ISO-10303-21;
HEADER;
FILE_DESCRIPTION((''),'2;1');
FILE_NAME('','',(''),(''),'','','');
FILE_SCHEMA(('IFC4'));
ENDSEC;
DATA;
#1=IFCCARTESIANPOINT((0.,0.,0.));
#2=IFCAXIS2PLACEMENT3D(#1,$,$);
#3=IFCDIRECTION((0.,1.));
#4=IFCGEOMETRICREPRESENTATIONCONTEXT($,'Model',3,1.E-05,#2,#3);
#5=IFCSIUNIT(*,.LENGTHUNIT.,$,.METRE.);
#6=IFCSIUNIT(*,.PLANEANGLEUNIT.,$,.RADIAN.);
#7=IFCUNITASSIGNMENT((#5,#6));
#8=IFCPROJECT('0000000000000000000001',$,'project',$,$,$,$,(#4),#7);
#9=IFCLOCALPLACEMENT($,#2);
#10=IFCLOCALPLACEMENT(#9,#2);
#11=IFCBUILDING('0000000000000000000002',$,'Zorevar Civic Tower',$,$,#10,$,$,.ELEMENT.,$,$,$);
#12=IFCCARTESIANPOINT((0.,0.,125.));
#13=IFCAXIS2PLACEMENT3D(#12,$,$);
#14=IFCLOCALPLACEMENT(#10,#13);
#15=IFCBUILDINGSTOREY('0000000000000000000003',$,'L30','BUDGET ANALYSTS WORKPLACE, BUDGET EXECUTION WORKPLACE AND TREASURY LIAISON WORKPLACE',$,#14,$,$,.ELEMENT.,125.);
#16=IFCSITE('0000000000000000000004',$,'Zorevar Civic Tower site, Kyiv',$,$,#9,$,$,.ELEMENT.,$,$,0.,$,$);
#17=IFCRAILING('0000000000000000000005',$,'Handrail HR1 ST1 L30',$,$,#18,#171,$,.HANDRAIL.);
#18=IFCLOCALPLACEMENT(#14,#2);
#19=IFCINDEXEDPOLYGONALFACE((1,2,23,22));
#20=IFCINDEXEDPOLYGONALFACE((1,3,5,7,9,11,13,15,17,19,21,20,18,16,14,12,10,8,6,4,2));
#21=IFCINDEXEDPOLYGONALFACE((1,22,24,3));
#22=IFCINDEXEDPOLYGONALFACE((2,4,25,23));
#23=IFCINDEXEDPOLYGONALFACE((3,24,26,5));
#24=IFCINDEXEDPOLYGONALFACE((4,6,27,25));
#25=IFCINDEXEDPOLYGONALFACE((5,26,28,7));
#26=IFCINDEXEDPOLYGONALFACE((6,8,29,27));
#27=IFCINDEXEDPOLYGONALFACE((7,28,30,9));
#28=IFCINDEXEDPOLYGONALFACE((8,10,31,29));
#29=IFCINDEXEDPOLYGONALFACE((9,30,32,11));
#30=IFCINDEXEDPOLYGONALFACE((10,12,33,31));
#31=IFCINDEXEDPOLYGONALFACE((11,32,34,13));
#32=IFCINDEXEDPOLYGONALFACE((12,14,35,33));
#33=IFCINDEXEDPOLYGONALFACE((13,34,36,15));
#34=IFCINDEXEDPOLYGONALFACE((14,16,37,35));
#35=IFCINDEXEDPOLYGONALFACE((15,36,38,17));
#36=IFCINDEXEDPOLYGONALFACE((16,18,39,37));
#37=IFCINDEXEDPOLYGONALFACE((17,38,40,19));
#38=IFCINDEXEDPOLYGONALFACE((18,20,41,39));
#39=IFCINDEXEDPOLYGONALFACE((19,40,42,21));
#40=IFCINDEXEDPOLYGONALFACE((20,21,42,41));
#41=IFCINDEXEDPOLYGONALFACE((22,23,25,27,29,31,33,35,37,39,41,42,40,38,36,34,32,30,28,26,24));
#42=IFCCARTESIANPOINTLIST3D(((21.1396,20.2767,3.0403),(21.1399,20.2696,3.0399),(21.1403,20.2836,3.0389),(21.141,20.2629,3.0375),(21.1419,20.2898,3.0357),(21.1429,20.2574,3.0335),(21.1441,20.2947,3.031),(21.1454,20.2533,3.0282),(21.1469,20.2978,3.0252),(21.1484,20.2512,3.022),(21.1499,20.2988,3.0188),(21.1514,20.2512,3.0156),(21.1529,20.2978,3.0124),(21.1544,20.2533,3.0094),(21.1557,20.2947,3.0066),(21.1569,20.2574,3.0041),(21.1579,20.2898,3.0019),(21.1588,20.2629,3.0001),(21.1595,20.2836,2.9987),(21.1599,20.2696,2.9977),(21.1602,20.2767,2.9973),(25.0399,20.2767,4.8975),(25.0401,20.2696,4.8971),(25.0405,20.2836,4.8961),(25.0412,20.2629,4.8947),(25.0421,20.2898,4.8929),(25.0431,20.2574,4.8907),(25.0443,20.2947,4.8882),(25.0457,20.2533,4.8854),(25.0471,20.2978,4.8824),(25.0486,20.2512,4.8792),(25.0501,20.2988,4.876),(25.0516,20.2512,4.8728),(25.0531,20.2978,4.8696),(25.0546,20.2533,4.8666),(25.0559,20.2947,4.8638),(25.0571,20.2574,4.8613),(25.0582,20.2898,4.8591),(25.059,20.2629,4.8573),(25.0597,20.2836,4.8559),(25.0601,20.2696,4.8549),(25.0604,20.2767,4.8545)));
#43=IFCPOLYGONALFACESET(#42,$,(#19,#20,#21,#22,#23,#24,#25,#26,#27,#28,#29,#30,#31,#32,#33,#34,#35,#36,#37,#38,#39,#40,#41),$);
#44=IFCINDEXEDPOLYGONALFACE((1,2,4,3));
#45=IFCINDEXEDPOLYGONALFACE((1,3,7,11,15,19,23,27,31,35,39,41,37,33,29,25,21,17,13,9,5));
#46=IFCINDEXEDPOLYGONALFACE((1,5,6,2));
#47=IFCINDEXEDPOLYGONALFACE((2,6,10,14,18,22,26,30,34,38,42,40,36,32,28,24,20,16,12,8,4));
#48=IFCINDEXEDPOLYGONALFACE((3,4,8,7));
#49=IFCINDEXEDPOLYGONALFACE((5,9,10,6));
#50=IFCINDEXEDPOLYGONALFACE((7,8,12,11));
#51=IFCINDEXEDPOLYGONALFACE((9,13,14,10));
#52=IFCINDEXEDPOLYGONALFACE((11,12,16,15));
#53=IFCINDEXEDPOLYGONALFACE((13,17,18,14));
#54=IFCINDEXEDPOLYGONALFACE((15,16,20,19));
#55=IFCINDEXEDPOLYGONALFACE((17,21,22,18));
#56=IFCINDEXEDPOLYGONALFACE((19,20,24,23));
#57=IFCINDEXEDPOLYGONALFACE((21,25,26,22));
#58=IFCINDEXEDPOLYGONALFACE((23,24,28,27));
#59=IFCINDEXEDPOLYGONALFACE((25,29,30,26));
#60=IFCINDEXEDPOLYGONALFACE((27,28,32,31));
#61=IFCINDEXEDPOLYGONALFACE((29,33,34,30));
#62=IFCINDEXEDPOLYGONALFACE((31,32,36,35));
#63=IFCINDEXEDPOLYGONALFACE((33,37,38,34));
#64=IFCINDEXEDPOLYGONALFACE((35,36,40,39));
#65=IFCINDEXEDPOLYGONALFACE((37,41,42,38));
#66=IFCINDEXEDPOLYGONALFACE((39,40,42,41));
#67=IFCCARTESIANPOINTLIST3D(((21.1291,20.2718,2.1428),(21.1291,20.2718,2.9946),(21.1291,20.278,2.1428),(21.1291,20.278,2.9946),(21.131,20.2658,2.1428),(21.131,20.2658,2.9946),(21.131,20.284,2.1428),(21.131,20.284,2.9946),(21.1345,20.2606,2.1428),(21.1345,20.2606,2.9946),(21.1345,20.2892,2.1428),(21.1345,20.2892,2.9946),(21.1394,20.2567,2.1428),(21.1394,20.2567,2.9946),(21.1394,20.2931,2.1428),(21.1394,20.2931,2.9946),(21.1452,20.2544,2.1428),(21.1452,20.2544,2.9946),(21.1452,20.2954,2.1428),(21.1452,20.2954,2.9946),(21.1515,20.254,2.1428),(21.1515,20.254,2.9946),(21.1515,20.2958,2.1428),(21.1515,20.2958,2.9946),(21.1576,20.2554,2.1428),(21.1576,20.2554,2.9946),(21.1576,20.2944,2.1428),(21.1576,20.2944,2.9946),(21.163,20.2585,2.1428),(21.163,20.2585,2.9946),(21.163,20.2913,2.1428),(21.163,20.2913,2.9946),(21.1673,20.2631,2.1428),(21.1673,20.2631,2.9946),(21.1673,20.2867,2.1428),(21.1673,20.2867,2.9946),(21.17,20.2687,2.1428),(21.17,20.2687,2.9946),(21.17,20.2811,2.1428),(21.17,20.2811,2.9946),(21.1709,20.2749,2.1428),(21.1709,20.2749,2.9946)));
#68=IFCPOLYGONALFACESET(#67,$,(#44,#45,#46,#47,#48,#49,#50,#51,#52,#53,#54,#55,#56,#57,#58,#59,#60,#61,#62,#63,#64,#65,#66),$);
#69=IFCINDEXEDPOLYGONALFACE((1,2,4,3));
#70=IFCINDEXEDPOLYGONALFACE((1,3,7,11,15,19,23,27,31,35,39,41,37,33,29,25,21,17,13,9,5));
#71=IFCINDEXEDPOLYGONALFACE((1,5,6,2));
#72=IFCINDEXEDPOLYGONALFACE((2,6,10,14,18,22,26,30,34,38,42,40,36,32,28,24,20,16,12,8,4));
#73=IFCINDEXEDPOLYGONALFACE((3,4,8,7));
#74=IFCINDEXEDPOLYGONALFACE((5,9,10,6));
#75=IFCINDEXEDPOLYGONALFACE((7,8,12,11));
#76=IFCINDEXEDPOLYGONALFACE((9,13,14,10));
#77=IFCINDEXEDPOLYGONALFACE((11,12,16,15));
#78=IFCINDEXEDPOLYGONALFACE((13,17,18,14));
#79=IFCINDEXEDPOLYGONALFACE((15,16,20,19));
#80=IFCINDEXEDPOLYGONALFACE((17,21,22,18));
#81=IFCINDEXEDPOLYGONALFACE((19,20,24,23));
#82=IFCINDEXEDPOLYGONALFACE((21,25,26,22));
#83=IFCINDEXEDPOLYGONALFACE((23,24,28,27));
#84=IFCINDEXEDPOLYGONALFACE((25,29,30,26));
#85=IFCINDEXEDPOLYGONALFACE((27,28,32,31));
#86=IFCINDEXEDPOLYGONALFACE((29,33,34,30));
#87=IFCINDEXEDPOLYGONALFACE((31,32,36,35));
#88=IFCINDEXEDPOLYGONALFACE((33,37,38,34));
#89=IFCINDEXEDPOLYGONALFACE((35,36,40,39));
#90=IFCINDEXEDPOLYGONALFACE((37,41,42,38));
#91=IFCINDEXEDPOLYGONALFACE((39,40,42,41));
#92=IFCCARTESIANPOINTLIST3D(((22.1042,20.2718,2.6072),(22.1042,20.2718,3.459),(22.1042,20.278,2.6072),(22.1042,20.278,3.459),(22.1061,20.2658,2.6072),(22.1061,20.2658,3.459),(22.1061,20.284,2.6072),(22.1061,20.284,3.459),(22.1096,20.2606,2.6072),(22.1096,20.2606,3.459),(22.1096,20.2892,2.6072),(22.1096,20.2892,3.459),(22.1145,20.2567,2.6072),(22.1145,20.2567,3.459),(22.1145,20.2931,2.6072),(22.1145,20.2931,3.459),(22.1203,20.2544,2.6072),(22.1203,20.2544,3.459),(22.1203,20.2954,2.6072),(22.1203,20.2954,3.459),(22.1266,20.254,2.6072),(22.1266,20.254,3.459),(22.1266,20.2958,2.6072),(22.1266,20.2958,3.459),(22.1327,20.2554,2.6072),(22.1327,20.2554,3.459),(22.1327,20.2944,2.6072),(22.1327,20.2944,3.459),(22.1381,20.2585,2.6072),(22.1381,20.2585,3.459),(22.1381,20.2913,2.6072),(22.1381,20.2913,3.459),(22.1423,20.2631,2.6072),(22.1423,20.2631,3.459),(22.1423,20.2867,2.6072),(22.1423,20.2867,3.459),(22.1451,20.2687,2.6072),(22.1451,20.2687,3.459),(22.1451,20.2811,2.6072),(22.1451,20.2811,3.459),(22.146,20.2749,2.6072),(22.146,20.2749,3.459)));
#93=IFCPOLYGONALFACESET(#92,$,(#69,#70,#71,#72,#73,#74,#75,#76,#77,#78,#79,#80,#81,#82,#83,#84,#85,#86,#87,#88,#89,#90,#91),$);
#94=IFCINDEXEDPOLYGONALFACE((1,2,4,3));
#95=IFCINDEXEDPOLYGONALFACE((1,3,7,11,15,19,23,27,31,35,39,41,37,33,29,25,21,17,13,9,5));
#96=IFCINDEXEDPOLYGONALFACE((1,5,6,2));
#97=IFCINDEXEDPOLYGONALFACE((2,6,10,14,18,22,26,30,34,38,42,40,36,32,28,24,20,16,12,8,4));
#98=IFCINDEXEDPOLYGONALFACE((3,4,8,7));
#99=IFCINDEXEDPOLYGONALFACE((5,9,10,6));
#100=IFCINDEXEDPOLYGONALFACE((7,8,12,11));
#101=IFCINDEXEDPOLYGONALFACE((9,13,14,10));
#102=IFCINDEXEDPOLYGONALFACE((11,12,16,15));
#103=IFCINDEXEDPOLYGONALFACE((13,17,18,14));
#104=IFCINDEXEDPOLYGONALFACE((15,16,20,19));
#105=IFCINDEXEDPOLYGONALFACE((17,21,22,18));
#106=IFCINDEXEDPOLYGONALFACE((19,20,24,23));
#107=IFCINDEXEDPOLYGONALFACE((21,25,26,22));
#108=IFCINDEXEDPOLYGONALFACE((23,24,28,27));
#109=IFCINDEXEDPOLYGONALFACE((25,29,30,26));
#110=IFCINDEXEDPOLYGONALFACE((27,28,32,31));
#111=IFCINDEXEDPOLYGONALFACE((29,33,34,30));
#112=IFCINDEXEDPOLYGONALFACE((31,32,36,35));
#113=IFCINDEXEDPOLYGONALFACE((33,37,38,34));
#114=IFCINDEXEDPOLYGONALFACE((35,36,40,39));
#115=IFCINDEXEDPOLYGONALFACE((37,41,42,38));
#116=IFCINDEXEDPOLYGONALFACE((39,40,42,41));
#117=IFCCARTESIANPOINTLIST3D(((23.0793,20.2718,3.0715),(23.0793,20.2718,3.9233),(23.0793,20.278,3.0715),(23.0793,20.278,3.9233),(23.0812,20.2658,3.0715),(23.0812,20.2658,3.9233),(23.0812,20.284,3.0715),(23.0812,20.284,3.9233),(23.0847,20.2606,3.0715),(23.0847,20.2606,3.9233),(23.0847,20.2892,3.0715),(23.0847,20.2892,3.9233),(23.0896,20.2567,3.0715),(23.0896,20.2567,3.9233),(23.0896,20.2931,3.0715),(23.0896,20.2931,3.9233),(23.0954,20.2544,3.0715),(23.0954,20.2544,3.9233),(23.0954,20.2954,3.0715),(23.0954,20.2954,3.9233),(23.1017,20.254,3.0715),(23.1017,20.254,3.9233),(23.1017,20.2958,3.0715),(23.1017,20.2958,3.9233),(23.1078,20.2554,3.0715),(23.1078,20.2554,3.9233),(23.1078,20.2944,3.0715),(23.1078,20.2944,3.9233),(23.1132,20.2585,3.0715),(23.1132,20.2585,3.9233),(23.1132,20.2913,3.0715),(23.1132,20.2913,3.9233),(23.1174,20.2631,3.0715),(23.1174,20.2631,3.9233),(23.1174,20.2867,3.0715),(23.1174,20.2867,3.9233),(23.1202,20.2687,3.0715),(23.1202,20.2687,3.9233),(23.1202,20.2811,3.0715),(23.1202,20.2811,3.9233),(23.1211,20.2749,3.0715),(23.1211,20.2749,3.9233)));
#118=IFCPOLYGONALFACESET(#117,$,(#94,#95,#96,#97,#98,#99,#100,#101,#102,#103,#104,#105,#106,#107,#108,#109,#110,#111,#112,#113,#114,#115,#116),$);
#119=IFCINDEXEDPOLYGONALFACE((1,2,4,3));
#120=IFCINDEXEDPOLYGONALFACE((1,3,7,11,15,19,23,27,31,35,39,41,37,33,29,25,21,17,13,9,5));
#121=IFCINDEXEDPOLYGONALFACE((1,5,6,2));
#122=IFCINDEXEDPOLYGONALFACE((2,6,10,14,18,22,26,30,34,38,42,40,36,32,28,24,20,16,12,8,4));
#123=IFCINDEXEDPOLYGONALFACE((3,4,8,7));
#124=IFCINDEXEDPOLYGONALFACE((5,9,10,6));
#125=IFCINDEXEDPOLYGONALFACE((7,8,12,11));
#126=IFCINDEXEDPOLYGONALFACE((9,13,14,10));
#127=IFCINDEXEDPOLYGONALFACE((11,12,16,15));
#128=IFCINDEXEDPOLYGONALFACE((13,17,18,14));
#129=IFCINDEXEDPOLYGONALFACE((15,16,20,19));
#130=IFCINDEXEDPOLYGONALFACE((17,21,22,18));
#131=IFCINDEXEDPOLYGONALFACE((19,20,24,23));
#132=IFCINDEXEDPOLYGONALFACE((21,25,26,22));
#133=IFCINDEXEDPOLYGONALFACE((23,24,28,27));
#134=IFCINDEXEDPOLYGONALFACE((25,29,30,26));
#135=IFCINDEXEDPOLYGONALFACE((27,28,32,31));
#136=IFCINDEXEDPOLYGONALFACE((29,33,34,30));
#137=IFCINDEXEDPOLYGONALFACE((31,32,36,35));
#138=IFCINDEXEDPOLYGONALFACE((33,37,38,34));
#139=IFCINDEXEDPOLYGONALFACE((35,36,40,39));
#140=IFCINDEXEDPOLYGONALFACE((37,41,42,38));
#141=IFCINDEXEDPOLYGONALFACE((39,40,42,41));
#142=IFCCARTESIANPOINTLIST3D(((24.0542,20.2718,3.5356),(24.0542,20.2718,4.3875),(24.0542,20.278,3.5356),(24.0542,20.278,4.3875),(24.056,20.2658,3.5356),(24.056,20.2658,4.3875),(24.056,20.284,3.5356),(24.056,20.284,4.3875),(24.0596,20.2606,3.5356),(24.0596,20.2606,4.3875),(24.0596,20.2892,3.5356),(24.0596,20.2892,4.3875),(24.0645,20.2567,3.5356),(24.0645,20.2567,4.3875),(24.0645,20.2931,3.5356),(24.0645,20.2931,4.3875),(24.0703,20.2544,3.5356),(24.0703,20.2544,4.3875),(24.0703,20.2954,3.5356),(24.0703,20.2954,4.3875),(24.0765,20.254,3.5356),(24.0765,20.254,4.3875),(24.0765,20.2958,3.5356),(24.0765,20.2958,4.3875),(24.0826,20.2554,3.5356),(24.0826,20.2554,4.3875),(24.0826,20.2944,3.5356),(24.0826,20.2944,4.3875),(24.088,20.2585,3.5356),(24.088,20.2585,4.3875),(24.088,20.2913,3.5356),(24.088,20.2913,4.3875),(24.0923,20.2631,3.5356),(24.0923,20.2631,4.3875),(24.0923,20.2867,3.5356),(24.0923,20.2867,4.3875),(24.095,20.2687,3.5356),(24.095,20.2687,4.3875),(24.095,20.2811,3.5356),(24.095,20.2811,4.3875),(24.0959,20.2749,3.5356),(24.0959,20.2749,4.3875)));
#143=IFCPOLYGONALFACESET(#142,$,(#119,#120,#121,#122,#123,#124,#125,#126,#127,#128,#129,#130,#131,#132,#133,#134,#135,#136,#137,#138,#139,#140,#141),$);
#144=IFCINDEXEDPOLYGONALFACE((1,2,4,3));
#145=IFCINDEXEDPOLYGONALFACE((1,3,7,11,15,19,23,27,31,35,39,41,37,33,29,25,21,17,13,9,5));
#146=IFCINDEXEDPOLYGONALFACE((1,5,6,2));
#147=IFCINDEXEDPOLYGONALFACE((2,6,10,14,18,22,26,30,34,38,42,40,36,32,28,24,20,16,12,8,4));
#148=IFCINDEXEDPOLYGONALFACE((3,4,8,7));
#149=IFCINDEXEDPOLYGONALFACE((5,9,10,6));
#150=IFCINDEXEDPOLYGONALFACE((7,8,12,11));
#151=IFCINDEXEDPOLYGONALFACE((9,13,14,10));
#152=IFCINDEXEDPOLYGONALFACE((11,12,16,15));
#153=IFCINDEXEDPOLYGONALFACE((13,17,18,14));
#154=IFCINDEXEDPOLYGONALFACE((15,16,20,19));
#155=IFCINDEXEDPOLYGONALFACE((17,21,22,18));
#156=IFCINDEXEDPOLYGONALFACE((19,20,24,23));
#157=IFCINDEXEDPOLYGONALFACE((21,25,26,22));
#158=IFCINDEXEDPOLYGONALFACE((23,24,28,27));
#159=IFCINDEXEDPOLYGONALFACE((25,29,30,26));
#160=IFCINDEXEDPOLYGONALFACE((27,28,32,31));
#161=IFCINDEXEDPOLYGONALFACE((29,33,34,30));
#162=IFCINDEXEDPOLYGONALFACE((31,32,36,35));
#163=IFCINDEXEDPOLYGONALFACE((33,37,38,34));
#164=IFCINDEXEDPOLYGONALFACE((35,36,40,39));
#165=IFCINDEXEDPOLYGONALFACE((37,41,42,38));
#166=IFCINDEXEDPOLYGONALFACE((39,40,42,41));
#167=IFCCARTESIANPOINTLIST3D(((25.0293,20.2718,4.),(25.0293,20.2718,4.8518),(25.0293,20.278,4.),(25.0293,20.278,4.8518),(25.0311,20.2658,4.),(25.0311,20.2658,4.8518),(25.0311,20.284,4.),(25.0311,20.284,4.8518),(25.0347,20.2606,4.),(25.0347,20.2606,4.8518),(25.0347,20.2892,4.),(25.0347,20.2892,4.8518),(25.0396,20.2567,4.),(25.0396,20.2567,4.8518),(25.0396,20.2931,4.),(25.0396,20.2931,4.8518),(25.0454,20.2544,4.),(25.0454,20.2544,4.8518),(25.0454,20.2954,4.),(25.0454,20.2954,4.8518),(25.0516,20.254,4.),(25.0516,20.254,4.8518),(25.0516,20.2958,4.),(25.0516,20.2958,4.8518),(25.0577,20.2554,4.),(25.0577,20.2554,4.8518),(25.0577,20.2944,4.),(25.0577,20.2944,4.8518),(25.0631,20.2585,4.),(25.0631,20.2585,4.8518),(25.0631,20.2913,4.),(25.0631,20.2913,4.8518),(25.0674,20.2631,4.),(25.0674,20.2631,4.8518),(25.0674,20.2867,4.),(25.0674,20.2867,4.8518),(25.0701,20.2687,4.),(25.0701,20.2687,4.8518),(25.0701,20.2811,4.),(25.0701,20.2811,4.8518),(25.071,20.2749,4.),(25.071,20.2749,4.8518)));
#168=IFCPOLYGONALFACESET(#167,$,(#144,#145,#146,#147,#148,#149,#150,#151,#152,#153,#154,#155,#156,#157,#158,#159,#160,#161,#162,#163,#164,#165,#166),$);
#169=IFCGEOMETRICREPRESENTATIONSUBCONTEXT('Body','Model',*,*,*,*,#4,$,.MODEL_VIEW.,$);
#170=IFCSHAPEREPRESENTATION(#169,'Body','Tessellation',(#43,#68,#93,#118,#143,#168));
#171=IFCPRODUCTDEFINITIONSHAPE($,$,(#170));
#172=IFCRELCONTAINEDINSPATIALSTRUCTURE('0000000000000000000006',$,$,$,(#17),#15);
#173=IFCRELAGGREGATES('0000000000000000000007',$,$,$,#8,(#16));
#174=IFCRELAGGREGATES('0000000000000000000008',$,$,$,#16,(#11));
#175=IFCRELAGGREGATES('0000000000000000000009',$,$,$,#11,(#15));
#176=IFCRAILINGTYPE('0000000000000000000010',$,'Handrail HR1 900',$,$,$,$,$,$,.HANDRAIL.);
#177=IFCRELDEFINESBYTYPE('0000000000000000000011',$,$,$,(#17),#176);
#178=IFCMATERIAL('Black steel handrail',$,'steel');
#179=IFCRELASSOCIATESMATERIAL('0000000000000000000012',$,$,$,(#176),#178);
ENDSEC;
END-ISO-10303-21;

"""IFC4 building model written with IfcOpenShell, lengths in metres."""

from ifc_helpers import new_model, si_unit, direction, frame, origin, origin_2d, place, context, subcontext, project, spatial, circle, extrude, material, type_object, element, save


model = new_model("IFC4")

# Units and contexts
model_context = context("Model", 3, precision=1e-05, world=origin(), true_north=direction((0.0, 1.0)))
body_context = subcontext(model_context, "Body", "Model", "MODEL_VIEW")
ifc_project = project(units=[si_unit("LENGTHUNIT", "METRE"), si_unit("PLANEANGLEUNIT", "RADIAN")], contexts=[model_context])

# Site, building, storey
site_placement = place(None, origin())
site = spatial("IfcSite", under=ifc_project, at=site_placement, Name="Zorevar Civic Tower site, Kyiv", CompositionType="ELEMENT", RefElevation=0.0)
building_placement = place(site_placement, origin())
building = spatial("IfcBuilding", under=site, at=building_placement, Name="Zorevar Civic Tower", CompositionType="ELEMENT")
storey_placement = place(building_placement, frame((0.0, 0.0, 125.0)))
storey = spatial("IfcBuildingStorey", under=building, at=storey_placement, Name="L30", Description="BUDGET ANALYSTS WORKPLACE, BUDGET EXECUTION WORKPLACE AND TREASURY LIAISON WORKPLACE", CompositionType="ELEMENT", Elevation=125.0)

# Railing
ifc_material_1 = material(Name="Black steel handrail", Category="steel")
railing_type = type_object("IfcRailingType", Name="Handrail HR1 900", PredefinedType="HANDRAIL", material=ifc_material_1)
railing_1_placement = place(storey_placement, frame((21.1499, 20.2749, 2.1428)))
element("IfcRailing", 1, at=railing_1_placement, inside=storey, type_object=railing_type, Name="Handrail HR1 ST1 L30", PredefinedType="HANDRAIL", context=body_context, shape_type="SweptSolid", body=[
    extrude(circle(Radius=0.0239, at=origin_2d()), frame((0.0, 0.0, 0.876), z_axis=(0.902864, 0.0, 0.429927), x_axis=(0.0, 1.0, 0.0)), (0.0, 0.0, 1.0), 4.3198),
    extrude(circle(Radius=0.021, at=origin_2d()), origin(), (0.0, 0.0, 1.0), 0.8518),
    extrude(circle(Radius=0.021, at=origin_2d()), frame((0.9751, 0.0, 0.4644)), (0.0, 0.0, 1.0), 0.8518),
    extrude(circle(Radius=0.021, at=origin_2d()), frame((1.9502, 0.0, 0.9287)), (0.0, 0.0, 1.0), 0.8518),
    extrude(circle(Radius=0.021, at=origin_2d()), frame((2.925, 0.0, 1.3928)), (0.0, 0.0, 1.0), 0.8518),
    extrude(circle(Radius=0.021, at=origin_2d()), frame((3.9001, 0.0, 1.8572)), (0.0, 0.0, 1.0), 0.8518),
])

save(model, "model.ifc")
